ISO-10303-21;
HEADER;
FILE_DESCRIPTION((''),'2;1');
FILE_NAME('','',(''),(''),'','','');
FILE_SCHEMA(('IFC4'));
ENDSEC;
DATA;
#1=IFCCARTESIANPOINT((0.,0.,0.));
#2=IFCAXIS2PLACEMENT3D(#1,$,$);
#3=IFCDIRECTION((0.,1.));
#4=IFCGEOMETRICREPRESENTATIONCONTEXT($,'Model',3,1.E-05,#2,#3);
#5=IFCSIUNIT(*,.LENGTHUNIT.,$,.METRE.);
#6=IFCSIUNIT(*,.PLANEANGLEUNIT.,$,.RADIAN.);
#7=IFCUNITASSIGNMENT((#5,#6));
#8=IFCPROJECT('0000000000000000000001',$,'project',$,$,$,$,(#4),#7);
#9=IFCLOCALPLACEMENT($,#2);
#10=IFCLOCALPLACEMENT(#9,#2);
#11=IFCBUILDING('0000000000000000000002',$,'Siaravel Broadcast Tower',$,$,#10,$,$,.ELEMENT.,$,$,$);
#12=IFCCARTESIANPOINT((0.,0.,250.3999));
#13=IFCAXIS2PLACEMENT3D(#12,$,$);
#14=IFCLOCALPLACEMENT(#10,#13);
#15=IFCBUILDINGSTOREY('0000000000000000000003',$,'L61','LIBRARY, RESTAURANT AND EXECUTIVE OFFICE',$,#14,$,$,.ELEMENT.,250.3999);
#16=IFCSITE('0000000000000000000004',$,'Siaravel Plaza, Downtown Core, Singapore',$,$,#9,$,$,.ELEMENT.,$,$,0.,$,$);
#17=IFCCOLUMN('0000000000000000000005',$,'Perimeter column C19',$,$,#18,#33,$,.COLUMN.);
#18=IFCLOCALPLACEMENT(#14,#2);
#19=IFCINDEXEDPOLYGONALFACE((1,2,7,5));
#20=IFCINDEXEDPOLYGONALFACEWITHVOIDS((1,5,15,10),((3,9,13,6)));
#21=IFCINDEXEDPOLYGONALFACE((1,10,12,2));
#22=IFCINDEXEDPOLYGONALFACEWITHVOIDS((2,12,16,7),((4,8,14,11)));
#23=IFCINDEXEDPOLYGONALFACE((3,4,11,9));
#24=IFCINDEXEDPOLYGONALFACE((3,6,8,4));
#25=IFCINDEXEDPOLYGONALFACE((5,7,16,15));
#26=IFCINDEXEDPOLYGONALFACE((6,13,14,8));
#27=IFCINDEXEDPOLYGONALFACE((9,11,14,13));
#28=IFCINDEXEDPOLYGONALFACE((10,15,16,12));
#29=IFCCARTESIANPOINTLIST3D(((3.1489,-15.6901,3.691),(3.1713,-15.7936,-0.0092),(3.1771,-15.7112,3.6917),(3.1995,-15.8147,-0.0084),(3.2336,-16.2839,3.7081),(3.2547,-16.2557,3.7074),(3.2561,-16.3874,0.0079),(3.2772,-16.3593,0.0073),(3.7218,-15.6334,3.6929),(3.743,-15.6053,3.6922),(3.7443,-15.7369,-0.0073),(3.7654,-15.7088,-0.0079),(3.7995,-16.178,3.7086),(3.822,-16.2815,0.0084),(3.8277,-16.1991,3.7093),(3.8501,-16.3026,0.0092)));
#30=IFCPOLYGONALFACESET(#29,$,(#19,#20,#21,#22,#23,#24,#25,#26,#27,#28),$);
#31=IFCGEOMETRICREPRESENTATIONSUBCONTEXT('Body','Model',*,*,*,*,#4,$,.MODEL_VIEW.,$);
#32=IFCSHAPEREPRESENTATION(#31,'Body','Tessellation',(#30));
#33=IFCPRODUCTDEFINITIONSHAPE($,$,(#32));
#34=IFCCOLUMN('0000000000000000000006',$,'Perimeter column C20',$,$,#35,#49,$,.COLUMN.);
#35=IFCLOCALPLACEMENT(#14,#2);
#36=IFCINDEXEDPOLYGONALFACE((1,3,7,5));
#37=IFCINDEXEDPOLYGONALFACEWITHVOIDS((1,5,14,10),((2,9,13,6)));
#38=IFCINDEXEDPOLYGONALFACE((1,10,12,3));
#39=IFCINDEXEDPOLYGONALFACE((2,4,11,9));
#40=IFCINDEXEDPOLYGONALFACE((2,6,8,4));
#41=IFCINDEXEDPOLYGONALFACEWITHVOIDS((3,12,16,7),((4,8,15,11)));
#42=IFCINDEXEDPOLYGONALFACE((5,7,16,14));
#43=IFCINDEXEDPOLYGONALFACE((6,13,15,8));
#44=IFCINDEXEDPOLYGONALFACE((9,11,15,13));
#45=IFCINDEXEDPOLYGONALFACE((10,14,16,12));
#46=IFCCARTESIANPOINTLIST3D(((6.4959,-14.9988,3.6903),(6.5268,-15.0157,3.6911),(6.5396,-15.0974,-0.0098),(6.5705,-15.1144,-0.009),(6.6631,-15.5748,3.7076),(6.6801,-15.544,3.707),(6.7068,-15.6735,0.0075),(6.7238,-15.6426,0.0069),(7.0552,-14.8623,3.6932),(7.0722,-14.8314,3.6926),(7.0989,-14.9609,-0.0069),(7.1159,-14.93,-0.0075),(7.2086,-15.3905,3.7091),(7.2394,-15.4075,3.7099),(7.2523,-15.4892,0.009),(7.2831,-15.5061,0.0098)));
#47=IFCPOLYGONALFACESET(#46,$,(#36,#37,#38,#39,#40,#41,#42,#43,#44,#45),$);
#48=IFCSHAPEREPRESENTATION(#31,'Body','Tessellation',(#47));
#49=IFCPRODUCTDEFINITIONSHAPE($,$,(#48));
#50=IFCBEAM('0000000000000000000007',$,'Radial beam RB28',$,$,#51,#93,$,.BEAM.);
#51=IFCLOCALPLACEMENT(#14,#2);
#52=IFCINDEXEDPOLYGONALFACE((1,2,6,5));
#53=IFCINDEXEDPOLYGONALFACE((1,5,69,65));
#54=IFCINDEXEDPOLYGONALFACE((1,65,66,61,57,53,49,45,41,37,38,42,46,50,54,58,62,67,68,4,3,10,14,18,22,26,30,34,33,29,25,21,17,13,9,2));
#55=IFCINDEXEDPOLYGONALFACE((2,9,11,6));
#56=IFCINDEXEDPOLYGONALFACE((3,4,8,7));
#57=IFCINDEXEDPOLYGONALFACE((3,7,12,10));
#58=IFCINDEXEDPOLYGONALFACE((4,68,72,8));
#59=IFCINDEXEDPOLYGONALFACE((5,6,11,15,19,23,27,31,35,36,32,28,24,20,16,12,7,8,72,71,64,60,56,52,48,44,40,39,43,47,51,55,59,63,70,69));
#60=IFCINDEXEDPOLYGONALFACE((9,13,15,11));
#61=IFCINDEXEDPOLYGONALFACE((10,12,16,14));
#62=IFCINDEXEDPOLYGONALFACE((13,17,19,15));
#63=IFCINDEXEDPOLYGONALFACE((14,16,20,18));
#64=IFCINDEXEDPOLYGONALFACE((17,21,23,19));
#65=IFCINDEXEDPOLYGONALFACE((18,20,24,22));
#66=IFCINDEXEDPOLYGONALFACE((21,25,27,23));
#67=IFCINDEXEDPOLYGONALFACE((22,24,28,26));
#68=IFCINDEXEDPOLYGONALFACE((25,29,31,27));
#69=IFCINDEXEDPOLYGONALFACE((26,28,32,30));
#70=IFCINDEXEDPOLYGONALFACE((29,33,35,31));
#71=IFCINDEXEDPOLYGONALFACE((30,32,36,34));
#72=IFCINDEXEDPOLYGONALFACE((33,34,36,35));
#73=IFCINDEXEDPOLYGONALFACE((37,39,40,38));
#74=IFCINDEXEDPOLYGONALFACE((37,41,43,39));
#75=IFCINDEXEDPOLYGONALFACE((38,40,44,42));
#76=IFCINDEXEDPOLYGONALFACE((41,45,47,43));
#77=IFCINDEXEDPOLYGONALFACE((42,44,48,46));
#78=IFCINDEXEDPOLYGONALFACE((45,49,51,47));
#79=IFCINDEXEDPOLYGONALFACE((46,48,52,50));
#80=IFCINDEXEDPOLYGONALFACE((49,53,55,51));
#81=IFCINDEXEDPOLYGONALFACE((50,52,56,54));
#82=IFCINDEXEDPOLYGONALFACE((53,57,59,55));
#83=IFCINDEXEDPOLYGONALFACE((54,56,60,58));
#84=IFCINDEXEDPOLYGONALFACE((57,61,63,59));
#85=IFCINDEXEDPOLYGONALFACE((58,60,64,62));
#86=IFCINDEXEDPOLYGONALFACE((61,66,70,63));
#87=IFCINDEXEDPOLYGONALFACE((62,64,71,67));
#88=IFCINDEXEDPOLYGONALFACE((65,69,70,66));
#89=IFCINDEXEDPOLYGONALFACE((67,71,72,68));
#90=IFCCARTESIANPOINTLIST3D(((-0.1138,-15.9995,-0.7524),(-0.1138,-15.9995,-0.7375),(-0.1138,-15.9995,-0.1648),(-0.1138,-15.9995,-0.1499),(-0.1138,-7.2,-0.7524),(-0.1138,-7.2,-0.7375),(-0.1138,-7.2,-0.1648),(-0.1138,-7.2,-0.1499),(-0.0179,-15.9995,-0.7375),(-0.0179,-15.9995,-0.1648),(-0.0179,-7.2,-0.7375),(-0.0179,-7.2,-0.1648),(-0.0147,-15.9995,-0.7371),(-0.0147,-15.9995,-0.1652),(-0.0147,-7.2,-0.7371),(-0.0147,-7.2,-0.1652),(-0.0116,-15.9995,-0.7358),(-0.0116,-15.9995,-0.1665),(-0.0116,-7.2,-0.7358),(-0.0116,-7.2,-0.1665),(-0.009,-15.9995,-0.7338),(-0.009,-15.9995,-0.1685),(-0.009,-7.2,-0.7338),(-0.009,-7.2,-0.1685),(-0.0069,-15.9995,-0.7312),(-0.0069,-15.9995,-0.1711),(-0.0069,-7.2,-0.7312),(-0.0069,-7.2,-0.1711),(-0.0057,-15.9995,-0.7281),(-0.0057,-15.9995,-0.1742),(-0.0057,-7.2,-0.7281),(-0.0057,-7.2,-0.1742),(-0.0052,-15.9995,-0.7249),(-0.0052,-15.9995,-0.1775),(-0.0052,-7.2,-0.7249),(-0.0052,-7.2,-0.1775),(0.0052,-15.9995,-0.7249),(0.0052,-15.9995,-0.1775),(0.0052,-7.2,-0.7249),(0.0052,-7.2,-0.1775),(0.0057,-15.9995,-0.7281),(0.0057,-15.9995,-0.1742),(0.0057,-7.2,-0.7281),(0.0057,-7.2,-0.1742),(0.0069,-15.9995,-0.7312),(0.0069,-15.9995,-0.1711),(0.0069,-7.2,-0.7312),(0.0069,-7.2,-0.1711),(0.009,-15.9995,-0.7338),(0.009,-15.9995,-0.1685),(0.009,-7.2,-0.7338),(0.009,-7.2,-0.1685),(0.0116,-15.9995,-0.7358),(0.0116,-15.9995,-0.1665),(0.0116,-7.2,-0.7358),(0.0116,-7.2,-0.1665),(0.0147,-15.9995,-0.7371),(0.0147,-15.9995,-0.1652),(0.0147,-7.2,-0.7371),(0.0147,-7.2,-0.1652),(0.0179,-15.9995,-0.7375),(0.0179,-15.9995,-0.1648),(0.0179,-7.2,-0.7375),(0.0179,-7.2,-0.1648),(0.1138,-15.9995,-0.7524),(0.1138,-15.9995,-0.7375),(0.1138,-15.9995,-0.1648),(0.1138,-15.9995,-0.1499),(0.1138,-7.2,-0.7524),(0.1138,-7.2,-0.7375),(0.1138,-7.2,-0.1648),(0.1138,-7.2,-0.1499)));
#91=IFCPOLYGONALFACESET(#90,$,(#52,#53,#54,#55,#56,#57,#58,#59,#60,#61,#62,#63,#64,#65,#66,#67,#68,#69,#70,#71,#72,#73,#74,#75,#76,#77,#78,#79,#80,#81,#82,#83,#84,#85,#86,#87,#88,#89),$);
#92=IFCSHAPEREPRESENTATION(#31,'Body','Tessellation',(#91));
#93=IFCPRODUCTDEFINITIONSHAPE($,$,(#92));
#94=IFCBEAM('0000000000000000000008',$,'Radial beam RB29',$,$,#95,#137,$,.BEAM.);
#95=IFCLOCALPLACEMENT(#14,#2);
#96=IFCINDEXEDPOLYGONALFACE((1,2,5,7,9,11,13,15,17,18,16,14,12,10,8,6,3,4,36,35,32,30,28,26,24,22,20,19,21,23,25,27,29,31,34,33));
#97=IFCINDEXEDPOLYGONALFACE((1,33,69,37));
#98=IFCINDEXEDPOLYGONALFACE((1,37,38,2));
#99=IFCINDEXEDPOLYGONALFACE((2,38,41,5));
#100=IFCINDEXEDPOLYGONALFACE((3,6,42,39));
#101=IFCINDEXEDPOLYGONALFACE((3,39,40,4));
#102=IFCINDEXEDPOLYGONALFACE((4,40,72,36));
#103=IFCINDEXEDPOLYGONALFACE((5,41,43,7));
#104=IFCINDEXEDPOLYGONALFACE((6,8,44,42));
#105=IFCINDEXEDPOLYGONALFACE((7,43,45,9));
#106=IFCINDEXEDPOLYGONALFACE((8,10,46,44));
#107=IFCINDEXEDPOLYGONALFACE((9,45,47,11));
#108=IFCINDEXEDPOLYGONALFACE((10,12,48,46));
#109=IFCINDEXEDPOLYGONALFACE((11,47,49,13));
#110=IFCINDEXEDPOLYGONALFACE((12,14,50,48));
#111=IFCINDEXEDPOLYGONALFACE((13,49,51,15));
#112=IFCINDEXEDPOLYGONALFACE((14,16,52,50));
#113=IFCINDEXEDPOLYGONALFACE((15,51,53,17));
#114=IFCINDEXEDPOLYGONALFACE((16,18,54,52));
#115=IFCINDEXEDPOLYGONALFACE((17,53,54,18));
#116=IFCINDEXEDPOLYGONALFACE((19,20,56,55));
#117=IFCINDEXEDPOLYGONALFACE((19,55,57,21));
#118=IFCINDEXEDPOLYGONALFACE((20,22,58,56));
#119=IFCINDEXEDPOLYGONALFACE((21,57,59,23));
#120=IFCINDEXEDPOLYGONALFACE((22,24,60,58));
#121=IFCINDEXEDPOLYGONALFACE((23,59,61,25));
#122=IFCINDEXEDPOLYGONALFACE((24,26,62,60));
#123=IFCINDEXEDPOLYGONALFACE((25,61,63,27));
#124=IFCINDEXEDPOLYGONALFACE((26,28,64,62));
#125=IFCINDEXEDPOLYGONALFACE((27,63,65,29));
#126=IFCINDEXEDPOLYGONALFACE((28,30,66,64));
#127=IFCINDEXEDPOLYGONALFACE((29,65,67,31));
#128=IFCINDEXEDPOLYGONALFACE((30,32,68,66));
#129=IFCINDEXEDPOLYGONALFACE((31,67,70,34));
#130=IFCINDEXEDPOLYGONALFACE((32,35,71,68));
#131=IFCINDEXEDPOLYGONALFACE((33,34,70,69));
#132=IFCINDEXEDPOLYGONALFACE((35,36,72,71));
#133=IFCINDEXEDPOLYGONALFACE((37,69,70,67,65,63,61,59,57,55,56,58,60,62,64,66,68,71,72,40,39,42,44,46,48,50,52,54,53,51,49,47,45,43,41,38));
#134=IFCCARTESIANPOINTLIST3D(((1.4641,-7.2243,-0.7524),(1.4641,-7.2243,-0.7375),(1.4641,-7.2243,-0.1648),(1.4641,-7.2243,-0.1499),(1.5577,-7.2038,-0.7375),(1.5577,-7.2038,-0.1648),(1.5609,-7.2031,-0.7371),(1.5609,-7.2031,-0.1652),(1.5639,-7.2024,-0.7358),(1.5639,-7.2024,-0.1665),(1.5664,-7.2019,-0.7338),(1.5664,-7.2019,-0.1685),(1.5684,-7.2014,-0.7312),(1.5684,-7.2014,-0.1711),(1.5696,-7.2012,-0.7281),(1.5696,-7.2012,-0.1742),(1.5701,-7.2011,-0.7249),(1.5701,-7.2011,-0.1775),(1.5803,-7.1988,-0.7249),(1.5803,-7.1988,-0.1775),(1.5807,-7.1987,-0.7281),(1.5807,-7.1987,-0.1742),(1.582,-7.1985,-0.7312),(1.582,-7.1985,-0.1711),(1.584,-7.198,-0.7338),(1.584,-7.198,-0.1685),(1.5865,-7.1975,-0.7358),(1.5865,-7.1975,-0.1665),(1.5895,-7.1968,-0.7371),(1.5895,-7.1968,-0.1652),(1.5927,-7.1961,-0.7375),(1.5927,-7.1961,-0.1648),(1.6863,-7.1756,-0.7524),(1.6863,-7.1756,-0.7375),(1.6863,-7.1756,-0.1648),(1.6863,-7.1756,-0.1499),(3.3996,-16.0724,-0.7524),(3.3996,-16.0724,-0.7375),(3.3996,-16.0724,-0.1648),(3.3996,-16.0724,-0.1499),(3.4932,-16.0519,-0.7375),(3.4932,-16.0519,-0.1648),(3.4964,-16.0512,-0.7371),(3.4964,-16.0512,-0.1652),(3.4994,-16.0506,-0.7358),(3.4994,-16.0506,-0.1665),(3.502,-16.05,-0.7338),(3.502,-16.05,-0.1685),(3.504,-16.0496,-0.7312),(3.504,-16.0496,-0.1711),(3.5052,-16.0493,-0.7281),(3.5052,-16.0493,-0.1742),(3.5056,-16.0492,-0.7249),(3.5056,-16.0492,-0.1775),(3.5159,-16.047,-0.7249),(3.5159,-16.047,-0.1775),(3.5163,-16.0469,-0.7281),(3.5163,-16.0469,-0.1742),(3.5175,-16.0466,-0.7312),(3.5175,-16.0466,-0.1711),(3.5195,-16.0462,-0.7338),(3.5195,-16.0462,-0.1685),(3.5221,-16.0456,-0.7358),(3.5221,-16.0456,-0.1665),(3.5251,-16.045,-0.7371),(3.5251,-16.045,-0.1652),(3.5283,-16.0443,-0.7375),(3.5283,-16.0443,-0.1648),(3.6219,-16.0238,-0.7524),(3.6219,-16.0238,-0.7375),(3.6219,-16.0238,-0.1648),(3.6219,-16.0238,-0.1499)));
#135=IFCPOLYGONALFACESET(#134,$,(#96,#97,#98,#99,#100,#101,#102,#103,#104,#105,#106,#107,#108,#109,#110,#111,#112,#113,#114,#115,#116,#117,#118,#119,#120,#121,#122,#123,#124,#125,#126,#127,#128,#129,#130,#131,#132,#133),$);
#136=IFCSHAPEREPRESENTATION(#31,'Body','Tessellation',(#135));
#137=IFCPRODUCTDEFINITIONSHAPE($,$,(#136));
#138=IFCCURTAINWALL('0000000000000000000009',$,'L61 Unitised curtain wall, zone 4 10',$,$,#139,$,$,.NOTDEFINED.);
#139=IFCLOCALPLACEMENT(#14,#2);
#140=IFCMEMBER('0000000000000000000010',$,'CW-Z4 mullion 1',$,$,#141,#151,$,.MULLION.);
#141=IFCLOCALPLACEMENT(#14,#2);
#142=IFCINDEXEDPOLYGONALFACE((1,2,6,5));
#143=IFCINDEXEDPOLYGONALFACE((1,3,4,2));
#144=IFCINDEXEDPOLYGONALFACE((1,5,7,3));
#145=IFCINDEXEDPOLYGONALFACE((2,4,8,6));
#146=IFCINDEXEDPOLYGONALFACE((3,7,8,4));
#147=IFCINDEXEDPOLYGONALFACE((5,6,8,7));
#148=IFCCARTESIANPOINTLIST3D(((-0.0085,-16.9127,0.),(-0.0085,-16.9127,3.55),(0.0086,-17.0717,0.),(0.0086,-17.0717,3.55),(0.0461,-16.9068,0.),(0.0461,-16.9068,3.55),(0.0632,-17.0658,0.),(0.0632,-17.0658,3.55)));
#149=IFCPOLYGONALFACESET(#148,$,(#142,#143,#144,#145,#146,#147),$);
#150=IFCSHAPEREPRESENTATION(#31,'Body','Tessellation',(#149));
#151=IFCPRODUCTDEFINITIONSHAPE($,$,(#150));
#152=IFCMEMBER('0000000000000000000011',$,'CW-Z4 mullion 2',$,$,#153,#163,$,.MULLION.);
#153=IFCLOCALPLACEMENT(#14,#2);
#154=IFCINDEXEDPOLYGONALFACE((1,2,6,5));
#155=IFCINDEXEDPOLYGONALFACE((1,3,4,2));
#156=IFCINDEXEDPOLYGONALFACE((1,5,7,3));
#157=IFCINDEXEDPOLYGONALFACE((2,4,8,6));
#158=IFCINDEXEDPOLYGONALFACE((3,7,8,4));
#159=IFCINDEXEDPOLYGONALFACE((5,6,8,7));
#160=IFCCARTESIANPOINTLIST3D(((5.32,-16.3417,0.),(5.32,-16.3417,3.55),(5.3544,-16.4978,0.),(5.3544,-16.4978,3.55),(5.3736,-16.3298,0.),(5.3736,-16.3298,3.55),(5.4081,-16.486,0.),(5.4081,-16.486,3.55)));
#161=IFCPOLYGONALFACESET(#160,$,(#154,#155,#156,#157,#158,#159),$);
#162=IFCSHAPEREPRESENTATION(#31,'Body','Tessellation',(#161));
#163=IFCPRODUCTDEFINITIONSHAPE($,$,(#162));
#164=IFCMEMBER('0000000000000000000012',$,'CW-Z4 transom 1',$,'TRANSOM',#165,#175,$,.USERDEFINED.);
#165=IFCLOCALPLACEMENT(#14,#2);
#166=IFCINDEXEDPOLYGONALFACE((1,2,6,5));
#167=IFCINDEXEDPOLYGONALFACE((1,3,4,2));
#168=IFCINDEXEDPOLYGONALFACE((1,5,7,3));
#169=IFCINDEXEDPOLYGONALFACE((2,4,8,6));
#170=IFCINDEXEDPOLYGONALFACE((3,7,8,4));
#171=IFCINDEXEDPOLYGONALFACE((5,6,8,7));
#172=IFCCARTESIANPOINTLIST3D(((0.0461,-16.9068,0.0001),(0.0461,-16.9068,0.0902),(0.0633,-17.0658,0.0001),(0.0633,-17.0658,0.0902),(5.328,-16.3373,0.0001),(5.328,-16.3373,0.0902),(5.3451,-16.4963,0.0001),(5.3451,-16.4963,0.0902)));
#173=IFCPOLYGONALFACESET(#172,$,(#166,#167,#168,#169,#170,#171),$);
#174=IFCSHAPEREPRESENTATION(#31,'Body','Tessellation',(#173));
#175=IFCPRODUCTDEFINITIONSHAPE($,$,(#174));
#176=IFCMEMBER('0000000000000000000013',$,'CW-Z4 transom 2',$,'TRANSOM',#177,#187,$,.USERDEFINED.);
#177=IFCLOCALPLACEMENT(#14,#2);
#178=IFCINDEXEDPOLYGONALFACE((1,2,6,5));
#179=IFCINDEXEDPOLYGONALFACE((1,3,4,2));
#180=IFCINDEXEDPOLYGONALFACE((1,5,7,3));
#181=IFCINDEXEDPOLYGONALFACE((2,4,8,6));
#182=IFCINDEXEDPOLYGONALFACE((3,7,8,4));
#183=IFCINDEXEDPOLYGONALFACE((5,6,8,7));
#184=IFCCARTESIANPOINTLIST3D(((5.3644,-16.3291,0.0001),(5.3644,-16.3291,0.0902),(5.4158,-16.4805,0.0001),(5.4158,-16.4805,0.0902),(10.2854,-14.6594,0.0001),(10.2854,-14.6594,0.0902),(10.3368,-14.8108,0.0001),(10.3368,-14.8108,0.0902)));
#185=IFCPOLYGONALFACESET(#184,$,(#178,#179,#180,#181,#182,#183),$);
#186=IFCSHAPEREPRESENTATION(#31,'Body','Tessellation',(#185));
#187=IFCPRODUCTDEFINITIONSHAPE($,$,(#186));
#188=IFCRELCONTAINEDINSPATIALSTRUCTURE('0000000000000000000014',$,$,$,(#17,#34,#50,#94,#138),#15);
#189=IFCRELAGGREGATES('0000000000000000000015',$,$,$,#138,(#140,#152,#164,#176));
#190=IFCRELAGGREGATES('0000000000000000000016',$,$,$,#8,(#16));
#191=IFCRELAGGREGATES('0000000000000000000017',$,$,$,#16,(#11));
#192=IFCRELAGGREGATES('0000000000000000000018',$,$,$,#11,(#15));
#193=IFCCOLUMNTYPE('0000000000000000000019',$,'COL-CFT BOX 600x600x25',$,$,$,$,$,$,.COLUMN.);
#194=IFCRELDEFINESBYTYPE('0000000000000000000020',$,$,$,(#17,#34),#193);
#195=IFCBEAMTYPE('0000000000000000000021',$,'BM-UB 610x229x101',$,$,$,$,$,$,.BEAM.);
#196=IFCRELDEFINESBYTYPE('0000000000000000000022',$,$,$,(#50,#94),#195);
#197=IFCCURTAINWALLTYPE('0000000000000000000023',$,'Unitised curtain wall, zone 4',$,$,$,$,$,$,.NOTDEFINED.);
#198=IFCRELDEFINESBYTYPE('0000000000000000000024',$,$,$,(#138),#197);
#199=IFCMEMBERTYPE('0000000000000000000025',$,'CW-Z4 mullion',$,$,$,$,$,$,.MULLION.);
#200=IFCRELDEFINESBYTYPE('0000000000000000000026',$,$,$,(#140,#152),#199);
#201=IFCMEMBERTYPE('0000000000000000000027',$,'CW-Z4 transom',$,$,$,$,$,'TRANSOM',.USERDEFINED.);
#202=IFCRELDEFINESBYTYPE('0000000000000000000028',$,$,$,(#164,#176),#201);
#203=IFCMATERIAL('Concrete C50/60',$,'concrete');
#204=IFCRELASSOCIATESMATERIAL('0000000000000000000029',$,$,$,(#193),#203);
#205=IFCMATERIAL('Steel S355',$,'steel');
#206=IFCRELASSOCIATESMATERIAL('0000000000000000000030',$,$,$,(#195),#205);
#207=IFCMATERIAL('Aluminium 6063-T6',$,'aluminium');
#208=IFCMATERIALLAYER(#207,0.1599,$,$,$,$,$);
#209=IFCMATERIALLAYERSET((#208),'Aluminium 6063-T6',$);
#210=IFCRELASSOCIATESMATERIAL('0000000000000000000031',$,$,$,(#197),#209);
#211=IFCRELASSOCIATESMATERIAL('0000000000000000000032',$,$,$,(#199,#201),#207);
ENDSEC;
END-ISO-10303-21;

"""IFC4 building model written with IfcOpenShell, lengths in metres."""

from ifc_helpers import new_model, si_unit, direction, frame, origin, origin_2d, place, context, subcontext, project, spatial, rectangle, hollow_rectangle, i_section, extrude, material, layer, layer_set, material_profile, profile_set, type_object, element, aggregate, save


model = new_model("IFC4")

# Units and contexts
model_context = context("Model", 3, precision=1e-05, world=origin(), true_north=direction((0.0, 1.0)))
body_context = subcontext(model_context, "Body", "Model", "MODEL_VIEW")
ifc_project = project(units=[si_unit("LENGTHUNIT", "METRE"), si_unit("PLANEANGLEUNIT", "RADIAN")], contexts=[model_context])

# Site, building, storey
site_placement = place(None, origin())
site = spatial("IfcSite", under=ifc_project, at=site_placement, Name="Siaravel Plaza, Downtown Core, Singapore", CompositionType="ELEMENT", RefElevation=0.0)
building_placement = place(site_placement, origin())
building = spatial("IfcBuilding", under=site, at=building_placement, Name="Siaravel Broadcast Tower", CompositionType="ELEMENT")
storey_placement = place(building_placement, frame((0.0, 0.0, 250.3999)))
storey = spatial("IfcBuildingStorey", under=building, at=storey_placement, Name="L61", Description="LIBRARY, RESTAURANT AND EXECUTIVE OFFICE", CompositionType="ELEMENT", Elevation=250.3999)

# Columns
ifc_material_1 = material(Name="Concrete C50/60", Category="concrete")
ifc_material_profile_1 = material_profile(ifc_material_1, hollow_rectangle(XDim=0.6001, YDim=0.6001, WallThickness=0.0249, at=origin_2d()))
ifc_profile_set_1 = profile_set([ifc_material_profile_1], Name="Concrete C50/60")
column_type = type_object("IfcColumnType", Name="COL-CFT BOX 600x600x25", PredefinedType="COLUMN", material=ifc_profile_set_1)
for number, where, z_axis, x_axis, name in (
    (1, (3.5107, -16.0481, 0.0), (-0.006068, 0.027964, 0.999591), (-0.989965, -0.141299, -0.002056), "Perimeter column C19"),
    (2, (6.9114, -15.3018, 0.0), (-0.011805, 0.026645, 0.999575), (-0.960316, -0.278887, -0.003908), "Perimeter column C20"),
):
    element("IfcColumn", number, at=place(storey_placement, frame(where, z_axis=z_axis, x_axis=x_axis)), inside=storey, type_object=column_type, Name=name, PredefinedType="COLUMN", context=body_context, shape_type="SweptSolid", body=[
        extrude(hollow_rectangle(XDim=0.6001, YDim=0.6001, WallThickness=0.0249, at=origin_2d()), origin(), (0.0, 0.0, 1.0), 3.7017),
    ])

# Beams
ifc_material_2 = material(Name="Steel S355", Category="steel")
ifc_material_profile_2 = material_profile(ifc_material_2, i_section(OverallWidth=0.2275, OverallDepth=0.6025, WebThickness=0.0105, FlangeThickness=0.0149, FilletRadius=0.0127, at=origin_2d()))
ifc_profile_set_2 = profile_set([ifc_material_profile_2], Name="Steel S355")
beam_type = type_object("IfcBeamType", Name="BM-UB 610x229x101", PredefinedType="BEAM", material=ifc_profile_set_2)
beam_1_placement = place(storey_placement, frame((0.0, -15.9995, -0.4512), z_axis=(0.0, 1.0, 0.0), x_axis=(-1.0, 0.0, 0.0)))
element("IfcBeam", 3, at=beam_1_placement, inside=storey, type_object=beam_type, Name="Radial beam RB28", PredefinedType="BEAM", context=body_context, shape_type="SweptSolid", body=[
    extrude(i_section(OverallWidth=0.2275, OverallDepth=0.6025, WebThickness=0.0105, FlangeThickness=0.0149, FilletRadius=0.0127, at=origin_2d()), origin(), (0.0, 0.0, 1.0), 8.7996),
])
beam_2_placement = place(storey_placement, frame((3.5107, -16.0481, -0.4512), z_axis=(-0.213698, 0.9769, 0.0), x_axis=(-0.9769, -0.213698, 0.0)))
element("IfcBeam", 4, at=beam_2_placement, inside=storey, type_object=beam_type, Name="Radial beam RB29", PredefinedType="BEAM", context=body_context, shape_type="SweptSolid", body=[
    extrude(i_section(OverallWidth=0.2275, OverallDepth=0.6025, WebThickness=0.0105, FlangeThickness=0.0149, FilletRadius=0.0127, at=origin_2d()), origin(), (0.0, 0.0, 1.0), 9.0574),
])

# Curtain wall, members
ifc_material_3 = material(Name="Aluminium 6063-T6", Category="aluminium")
ifc_layer_1 = layer(ifc_material_3, 0.1599)
ifc_layer_set_1 = layer_set([ifc_layer_1], Name="Aluminium 6063-T6")
curtain_wall_type = type_object("IfcCurtainWallType", Name="Unitised curtain wall, zone 4", PredefinedType="NOTDEFINED", material=ifc_layer_set_1)
curtain_wall_placement = place(storey_placement, origin())
curtain_wall = element("IfcCurtainWall", 5, at=curtain_wall_placement, inside=storey, type_object=curtain_wall_type, Name="L61 Unitised curtain wall, zone 4 10", PredefinedType="NOTDEFINED")
ifc_material_profile_3 = material_profile(ifc_material_3, rectangle(XDim=0.1599, YDim=0.0549, at=origin_2d()))
ifc_profile_set_3 = profile_set([ifc_material_profile_3], Name="Aluminium 6063-T6")
member_type_1 = type_object("IfcMemberType", Name="CW-Z4 mullion", PredefinedType="MULLION", material=ifc_profile_set_3)
member_1_placement = place(storey_placement, frame((0.0273, -16.9893, 0.0), z_axis=(0.0, 0.0, 1.0), x_axis=(-0.107218, 0.994236, 0.0)))
member_1 = element("IfcMember", 6, at=member_1_placement, type_object=member_type_1, Name="CW-Z4 mullion 1", PredefinedType="MULLION", context=body_context, shape_type="SweptSolid", body=[
    extrude(rectangle(XDim=0.1599, YDim=0.0549, at=origin_2d()), origin(), (0.0, 0.0, 1.0), 3.55),
])
member_2_placement = place(storey_placement, frame((5.364, -16.4138, 0.0), z_axis=(0.0, 0.0, 1.0), x_axis=(-0.215559, 0.976491, 0.0)))
member_2 = element("IfcMember", 7, at=member_2_placement, type_object=member_type_1, Name="CW-Z4 mullion 2", PredefinedType="MULLION", context=body_context, shape_type="SweptSolid", body=[
    extrude(rectangle(XDim=0.1599, YDim=0.0549, at=origin_2d()), origin(), (0.0, 0.0, 1.0), 3.55),
])
ifc_material_profile_4 = material_profile(ifc_material_3, rectangle(XDim=0.1599, YDim=0.0901, at=origin_2d()))
ifc_profile_set_4 = profile_set([ifc_material_profile_4], Name="Aluminium 6063-T6")
member_type_2 = type_object("IfcMemberType", Name="CW-Z4 transom", ElementType="TRANSOM", PredefinedType="USERDEFINED", material=ifc_profile_set_4)
member_3_placement = place(storey_placement, frame((0.0547, -16.9863, 0.0452), z_axis=(0.994236, 0.107213, 0.0), x_axis=(-0.107213, 0.994236, 0.0)))
member_3 = element("IfcMember", 8, at=member_3_placement, type_object=member_type_2, Name="CW-Z4 transom 1", ObjectType="TRANSOM", PredefinedType="USERDEFINED", context=body_context, shape_type="SweptSolid", body=[
    extrude(rectangle(XDim=0.1599, YDim=0.0901, at=origin_2d()), origin(), (0.0, 0.0, 1.0), 5.3125),
])
member_4_placement = place(storey_placement, frame((5.3901, -16.4048, 0.0452), z_axis=(0.946974, 0.321311, 0.0), x_axis=(-0.321311, 0.946974, 0.0)))
member_4 = element("IfcMember", 9, at=member_4_placement, type_object=member_type_2, Name="CW-Z4 transom 2", ObjectType="TRANSOM", PredefinedType="USERDEFINED", context=body_context, shape_type="SweptSolid", body=[
    extrude(rectangle(XDim=0.1599, YDim=0.0901, at=origin_2d()), origin(), (0.0, 0.0, 1.0), 5.1965),
])

aggregate(curtain_wall, [member_1, member_2, member_3, member_4])

save(model, "model.ifc")
